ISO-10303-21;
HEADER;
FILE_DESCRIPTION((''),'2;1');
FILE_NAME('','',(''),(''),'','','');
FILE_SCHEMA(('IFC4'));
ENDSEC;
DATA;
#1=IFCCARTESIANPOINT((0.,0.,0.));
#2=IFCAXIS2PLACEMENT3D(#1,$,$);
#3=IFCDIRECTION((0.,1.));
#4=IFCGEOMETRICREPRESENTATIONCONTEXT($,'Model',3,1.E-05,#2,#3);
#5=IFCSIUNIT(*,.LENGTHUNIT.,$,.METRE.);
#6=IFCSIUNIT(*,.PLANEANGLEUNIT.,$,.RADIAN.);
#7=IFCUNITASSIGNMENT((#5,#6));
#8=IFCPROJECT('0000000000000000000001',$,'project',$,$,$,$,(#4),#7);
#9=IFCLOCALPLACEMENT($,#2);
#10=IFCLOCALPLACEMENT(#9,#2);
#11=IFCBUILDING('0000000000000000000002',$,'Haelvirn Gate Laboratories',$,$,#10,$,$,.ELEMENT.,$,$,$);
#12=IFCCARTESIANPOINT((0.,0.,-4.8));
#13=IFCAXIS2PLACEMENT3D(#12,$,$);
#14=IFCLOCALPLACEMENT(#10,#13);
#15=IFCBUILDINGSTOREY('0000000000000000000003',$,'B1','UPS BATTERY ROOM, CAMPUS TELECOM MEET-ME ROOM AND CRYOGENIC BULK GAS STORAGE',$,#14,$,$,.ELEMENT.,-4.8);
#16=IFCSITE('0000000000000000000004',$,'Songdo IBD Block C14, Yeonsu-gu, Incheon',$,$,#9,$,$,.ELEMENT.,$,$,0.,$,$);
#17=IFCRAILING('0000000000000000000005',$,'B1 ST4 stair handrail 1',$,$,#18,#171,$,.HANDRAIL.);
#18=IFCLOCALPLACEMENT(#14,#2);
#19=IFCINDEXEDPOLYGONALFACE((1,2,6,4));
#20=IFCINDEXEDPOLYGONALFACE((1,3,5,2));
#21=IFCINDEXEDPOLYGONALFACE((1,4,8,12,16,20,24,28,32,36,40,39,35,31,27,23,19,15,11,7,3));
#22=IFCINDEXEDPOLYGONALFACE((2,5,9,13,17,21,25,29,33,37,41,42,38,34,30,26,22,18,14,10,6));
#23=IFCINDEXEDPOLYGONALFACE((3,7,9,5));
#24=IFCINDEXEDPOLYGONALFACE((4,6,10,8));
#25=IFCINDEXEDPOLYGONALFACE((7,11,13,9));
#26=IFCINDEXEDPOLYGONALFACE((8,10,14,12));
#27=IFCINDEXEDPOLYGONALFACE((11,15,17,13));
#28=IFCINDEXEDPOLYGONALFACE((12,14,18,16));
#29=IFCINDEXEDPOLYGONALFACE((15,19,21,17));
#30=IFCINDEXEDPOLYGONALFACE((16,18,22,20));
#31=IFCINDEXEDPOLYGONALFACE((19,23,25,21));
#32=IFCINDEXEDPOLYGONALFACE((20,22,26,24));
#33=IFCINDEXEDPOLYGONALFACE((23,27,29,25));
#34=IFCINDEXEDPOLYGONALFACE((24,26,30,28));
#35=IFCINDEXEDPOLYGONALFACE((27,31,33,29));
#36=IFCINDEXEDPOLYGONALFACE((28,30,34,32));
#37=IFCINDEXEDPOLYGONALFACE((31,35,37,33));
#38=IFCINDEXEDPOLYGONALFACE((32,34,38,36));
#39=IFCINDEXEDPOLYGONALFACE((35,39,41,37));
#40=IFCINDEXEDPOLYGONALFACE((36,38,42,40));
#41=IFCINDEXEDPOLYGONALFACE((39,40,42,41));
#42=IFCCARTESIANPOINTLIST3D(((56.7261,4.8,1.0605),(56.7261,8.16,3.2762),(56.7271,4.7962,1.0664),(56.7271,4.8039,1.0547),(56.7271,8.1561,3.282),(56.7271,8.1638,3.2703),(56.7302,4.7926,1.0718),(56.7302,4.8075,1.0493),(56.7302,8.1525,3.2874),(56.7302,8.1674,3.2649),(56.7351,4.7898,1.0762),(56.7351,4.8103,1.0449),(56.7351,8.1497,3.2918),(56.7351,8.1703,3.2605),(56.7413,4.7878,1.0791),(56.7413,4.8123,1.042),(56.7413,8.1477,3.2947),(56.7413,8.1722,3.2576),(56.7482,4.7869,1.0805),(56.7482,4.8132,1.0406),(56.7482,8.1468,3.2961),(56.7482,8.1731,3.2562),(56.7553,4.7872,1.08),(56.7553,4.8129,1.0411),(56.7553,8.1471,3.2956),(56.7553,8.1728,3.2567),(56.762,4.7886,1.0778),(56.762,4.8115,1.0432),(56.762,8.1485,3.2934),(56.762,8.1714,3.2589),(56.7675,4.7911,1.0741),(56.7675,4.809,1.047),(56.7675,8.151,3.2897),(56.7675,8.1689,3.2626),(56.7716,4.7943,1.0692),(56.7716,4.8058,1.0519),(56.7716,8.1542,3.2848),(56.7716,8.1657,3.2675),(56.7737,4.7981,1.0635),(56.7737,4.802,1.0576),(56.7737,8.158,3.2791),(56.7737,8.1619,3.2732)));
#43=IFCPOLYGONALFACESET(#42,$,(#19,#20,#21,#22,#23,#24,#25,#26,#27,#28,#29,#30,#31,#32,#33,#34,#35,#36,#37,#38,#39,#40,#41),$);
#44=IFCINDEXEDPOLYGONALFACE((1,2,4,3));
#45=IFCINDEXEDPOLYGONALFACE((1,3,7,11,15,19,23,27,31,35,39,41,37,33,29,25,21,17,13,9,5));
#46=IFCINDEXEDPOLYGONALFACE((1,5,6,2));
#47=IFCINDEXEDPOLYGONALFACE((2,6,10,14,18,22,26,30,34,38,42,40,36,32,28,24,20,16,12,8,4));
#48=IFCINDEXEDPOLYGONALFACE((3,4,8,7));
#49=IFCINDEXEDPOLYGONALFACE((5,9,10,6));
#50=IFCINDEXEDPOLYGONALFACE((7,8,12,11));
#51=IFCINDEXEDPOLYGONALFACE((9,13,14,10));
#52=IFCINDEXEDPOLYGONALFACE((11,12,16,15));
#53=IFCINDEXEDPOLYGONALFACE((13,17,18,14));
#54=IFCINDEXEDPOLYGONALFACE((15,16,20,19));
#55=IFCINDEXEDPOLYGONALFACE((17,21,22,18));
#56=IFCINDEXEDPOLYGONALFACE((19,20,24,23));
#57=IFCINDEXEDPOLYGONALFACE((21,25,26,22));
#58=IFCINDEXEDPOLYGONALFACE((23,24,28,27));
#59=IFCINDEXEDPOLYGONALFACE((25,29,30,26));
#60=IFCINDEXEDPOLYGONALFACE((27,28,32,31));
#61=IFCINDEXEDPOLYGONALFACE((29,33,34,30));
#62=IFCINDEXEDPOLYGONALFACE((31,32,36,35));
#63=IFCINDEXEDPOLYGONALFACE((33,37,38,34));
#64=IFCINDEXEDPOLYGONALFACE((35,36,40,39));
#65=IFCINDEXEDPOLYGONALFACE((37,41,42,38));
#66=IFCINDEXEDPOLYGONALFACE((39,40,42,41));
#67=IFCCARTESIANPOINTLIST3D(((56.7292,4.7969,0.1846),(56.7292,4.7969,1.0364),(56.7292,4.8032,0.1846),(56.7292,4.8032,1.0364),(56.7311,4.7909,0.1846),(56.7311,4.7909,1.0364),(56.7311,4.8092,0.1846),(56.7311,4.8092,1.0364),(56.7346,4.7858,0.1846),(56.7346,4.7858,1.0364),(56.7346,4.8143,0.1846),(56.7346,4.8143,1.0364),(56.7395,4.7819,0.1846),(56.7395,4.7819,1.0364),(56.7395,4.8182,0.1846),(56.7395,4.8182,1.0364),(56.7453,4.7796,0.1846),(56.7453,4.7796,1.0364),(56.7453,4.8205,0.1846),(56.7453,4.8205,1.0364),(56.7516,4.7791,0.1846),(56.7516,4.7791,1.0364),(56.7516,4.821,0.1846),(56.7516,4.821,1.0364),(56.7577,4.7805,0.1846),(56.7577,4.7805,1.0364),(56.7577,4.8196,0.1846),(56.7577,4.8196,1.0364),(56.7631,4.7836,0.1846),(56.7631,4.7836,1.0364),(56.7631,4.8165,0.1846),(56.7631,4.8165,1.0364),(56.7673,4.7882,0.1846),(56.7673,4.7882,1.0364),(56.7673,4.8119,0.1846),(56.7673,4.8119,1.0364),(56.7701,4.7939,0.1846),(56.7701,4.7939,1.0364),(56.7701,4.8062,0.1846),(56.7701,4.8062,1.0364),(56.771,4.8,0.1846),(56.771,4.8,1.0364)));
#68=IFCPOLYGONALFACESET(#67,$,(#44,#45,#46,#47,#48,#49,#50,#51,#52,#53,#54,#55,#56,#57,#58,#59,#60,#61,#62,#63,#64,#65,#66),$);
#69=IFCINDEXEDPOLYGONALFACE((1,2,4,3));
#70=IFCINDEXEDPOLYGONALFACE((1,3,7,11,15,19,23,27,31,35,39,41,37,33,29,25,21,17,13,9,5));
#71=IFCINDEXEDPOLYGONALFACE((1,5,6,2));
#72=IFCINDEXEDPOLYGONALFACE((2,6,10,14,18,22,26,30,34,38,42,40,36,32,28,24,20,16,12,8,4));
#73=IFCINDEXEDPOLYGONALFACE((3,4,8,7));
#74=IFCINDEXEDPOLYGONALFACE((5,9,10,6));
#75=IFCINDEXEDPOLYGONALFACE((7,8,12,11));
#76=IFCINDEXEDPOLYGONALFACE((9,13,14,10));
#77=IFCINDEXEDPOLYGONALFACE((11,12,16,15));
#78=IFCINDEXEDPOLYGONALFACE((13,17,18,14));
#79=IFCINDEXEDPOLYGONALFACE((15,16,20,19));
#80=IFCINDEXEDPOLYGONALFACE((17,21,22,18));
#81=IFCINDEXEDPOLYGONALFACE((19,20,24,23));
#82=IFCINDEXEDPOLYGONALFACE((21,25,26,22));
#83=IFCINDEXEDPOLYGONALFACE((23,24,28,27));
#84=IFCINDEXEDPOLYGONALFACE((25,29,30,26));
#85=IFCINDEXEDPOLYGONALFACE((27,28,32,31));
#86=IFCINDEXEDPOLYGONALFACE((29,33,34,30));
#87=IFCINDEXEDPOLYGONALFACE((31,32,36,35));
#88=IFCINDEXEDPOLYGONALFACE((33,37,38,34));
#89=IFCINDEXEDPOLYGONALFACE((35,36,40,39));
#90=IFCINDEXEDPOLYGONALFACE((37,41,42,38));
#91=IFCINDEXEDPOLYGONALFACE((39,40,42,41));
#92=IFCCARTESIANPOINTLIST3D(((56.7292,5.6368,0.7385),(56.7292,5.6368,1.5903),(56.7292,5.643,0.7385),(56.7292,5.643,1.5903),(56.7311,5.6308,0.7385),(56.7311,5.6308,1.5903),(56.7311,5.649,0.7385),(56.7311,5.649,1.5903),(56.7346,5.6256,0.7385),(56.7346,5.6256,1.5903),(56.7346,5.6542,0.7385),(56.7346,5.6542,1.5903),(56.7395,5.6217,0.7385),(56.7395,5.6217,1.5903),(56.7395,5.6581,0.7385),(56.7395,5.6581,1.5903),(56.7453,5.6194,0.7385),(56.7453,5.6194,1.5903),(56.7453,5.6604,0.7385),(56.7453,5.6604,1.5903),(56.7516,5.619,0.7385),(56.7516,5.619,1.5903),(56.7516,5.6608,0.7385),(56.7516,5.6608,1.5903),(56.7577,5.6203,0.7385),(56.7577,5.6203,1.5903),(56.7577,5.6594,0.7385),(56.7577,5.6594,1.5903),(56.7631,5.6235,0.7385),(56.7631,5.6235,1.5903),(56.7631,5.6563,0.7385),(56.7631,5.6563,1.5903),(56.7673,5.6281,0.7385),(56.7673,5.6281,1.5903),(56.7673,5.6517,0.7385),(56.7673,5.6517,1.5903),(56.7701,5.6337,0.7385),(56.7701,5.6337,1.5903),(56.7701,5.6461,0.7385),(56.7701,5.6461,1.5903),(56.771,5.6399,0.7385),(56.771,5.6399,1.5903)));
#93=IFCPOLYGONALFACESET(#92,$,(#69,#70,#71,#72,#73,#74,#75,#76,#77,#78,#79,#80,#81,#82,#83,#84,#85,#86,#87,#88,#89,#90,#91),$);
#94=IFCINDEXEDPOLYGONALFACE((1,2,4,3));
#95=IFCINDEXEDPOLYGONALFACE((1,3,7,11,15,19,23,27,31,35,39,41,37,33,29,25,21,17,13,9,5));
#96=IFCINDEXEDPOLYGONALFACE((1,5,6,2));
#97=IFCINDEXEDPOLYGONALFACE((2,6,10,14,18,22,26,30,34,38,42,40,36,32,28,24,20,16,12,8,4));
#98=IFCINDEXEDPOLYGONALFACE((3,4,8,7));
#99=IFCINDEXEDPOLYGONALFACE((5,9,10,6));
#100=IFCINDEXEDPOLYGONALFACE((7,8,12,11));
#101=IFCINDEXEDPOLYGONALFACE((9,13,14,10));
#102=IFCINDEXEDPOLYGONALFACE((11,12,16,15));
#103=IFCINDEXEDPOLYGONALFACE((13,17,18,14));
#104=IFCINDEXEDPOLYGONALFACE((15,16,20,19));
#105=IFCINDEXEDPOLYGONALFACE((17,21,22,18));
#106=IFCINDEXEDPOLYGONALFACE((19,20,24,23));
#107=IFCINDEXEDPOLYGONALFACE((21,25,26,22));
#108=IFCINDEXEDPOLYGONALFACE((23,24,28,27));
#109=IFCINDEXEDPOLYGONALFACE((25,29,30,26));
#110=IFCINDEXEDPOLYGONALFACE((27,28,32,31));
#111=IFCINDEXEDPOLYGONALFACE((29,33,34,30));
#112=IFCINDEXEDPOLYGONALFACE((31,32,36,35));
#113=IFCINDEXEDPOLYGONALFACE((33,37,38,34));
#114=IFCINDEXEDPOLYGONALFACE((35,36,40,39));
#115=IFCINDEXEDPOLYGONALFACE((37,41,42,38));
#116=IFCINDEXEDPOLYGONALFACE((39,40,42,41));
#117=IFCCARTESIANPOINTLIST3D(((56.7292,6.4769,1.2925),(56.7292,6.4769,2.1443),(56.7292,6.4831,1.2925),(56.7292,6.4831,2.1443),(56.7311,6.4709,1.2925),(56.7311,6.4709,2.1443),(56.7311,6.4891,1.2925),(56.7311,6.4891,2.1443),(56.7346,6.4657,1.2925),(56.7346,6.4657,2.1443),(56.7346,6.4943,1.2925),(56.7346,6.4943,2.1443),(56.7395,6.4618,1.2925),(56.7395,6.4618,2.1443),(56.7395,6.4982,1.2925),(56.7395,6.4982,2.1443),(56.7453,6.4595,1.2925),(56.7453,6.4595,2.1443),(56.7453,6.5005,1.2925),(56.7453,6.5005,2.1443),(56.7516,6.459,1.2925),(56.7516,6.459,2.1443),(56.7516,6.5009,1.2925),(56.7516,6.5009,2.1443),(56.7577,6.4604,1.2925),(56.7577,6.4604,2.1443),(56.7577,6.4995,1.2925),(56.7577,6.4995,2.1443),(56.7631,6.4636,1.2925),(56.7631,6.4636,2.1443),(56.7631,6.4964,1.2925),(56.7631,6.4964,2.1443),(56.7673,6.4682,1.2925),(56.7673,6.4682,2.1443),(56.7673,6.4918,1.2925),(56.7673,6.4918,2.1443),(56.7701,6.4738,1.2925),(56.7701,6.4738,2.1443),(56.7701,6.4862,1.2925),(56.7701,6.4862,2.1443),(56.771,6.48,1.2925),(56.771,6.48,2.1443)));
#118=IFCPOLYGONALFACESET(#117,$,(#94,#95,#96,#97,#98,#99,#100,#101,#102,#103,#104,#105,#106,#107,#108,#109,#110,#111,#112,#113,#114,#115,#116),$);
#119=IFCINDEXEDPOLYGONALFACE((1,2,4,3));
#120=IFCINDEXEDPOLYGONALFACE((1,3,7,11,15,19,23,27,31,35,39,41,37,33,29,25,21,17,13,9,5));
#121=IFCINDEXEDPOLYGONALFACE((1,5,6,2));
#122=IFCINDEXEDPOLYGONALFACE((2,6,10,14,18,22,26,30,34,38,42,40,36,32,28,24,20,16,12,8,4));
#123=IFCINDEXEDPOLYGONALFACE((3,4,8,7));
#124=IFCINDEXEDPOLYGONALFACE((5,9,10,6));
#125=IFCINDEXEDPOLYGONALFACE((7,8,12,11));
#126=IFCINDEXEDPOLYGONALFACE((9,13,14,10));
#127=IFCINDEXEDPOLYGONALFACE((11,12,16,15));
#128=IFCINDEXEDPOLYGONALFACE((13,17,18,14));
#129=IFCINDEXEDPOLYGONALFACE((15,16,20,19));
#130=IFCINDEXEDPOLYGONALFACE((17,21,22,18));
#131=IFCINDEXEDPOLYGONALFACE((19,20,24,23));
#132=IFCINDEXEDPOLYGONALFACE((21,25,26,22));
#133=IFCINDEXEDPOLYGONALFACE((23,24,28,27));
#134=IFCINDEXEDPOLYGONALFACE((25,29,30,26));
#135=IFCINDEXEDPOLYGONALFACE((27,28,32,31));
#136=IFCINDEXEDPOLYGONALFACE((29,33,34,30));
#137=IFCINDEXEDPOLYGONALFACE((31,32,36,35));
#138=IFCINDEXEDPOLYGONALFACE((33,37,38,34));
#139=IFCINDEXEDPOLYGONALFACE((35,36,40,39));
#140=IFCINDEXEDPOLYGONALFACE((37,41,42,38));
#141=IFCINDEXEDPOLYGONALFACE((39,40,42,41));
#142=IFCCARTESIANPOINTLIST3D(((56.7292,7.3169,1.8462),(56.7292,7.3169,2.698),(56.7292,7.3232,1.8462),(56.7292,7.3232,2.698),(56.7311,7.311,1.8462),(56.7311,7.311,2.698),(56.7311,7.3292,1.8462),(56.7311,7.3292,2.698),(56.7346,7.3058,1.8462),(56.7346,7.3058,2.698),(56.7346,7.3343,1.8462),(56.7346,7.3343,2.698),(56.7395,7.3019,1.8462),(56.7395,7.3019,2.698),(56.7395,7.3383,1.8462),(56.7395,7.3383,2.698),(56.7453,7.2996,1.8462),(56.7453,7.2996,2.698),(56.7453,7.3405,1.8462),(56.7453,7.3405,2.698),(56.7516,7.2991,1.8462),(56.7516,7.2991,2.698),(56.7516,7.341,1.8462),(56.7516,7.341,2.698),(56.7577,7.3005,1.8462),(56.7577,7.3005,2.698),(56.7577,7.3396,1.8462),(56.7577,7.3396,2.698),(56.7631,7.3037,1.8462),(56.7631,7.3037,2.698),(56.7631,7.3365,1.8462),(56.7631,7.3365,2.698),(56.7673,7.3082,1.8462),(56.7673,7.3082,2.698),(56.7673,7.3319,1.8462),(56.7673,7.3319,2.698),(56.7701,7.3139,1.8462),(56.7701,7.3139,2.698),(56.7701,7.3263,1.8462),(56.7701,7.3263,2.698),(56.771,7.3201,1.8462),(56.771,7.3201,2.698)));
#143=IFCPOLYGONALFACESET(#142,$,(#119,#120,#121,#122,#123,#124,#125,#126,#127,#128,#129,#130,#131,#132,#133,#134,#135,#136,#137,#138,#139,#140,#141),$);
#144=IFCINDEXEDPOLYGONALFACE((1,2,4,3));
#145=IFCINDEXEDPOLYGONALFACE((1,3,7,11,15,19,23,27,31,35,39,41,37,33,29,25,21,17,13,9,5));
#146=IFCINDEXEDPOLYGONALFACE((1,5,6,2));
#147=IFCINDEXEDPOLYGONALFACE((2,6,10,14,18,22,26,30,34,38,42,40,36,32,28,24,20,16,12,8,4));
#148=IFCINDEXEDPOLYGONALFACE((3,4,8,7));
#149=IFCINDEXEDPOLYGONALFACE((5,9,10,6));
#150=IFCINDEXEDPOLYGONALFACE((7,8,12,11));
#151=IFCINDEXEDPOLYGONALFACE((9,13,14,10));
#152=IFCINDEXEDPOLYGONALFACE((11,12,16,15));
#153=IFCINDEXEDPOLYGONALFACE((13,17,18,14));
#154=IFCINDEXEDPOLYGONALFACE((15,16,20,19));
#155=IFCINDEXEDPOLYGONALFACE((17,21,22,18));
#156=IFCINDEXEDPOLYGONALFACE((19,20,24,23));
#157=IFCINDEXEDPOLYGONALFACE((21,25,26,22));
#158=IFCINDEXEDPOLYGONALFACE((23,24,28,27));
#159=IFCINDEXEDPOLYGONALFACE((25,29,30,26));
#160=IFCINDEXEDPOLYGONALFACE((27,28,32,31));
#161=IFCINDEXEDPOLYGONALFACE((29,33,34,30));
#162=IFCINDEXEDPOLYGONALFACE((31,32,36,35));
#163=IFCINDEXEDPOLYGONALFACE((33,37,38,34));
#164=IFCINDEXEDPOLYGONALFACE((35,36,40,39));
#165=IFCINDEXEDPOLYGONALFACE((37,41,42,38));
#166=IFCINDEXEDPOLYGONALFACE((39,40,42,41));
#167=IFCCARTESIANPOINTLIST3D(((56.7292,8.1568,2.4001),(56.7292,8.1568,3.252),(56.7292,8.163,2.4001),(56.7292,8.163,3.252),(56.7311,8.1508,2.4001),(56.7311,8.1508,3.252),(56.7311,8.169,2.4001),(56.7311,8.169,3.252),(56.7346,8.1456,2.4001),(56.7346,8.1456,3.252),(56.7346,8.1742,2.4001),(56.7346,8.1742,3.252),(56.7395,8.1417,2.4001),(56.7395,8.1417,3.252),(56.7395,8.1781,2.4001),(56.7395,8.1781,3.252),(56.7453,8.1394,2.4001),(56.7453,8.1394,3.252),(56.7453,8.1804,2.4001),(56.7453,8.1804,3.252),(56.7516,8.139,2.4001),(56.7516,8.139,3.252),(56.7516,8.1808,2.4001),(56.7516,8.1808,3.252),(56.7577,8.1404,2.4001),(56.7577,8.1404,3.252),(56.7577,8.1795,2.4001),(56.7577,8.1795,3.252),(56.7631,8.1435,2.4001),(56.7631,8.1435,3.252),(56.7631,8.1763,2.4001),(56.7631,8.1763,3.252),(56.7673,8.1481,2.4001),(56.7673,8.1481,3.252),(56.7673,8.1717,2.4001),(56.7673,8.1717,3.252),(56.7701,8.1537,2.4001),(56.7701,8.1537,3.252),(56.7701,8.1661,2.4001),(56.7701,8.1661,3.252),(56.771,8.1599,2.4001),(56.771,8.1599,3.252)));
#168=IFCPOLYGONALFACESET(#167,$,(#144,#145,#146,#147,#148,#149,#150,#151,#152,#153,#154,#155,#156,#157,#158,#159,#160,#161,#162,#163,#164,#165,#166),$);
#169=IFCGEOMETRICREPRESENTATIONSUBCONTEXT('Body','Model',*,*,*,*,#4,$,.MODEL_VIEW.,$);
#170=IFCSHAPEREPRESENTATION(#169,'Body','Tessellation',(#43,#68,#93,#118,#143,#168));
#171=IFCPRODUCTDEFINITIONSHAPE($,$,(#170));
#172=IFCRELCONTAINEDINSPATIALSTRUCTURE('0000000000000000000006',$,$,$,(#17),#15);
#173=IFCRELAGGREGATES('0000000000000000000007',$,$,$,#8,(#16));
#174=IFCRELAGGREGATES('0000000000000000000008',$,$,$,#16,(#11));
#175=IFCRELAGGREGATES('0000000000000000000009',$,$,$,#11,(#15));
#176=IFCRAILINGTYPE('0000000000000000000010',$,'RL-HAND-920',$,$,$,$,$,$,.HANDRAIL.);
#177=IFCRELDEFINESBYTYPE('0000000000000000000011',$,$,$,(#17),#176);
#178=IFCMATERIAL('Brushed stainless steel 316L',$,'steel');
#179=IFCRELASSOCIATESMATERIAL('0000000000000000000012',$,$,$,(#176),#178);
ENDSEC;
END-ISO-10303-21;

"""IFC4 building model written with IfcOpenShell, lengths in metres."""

from ifc_helpers import new_model, si_unit, direction, frame, origin, origin_2d, place, context, subcontext, project, spatial, circle, extrude, source, transform, mapped, material, type_object, type_shapes, element, save


model = new_model("IFC4")

# Units and contexts
model_context = context("Model", 3, precision=1e-05, world=origin(), true_north=direction((0.0, 1.0)))
body_context = subcontext(model_context, "Body", "Model", "MODEL_VIEW")
ifc_project = project(units=[si_unit("LENGTHUNIT", "METRE"), si_unit("PLANEANGLEUNIT", "RADIAN")], contexts=[model_context])

# Site, building, storey
site_placement = place(None, origin())
site = spatial("IfcSite", under=ifc_project, at=site_placement, Name="Songdo IBD Block C14, Yeonsu-gu, Incheon", CompositionType="ELEMENT", RefElevation=0.0)
building_placement = place(site_placement, origin())
building = spatial("IfcBuilding", under=site, at=building_placement, Name="Haelvirn Gate Laboratories", CompositionType="ELEMENT")
storey_placement = place(building_placement, frame((0.0, 0.0, -4.8)))
storey = spatial("IfcBuildingStorey", under=building, at=storey_placement, Name="B1", Description="UPS BATTERY ROOM, CAMPUS TELECOM MEET-ME ROOM AND CRYOGENIC BULK GAS STORAGE", CompositionType="ELEMENT", Elevation=-4.8)

# Railing
ifc_material_1 = material(Name="Brushed stainless steel 316L", Category="steel")
railing_type_1 = type_object("IfcRailingType", Name="RL-HAND-920", PredefinedType="HANDRAIL", material=ifc_material_1)
shared_shape_1 = source(origin(), body_context, "Body", "SweptSolid", [
    extrude(circle(Radius=0.0239, at=origin_2d()), frame((0.0, 0.0, 0.876), z_axis=(0.0, 0.83483, 0.550508), x_axis=(-1.0, 0.0, 0.0)), (0.0, 0.0, 1.0), 4.0247),
    extrude(circle(Radius=0.021, at=origin_2d()), origin(), (0.0, 0.0, 1.0), 0.8518),
    extrude(circle(Radius=0.021, at=origin_2d()), frame((0.0, 0.8398, 0.554)), (0.0, 0.0, 1.0), 0.8518),
    extrude(circle(Radius=0.021, at=origin_2d()), frame((0.0, 1.6799, 1.1079)), (0.0, 0.0, 1.0), 0.8518),
    extrude(circle(Radius=0.021, at=origin_2d()), frame((0.0, 2.52, 1.6616)), (0.0, 0.0, 1.0), 0.8518),
    extrude(circle(Radius=0.021, at=origin_2d()), frame((0.0, 3.3599, 2.2156)), (0.0, 0.0, 1.0), 0.8518),
])
type_shapes(railing_type_1, [shared_shape_1])
railing_1_placement = place(storey_placement, frame((56.75, 4.8, 0.1846)))
element("IfcRailing", 1, at=railing_1_placement, inside=storey, type_object=railing_type_1, Name="B1 ST4 stair handrail 1", PredefinedType="HANDRAIL", context=body_context, shape_type="MappedRepresentation", body=[
    mapped(shared_shape_1, transform((0.0, 0.0, 0.0), scale=1.0)),
])

save(model, "model.ifc")
